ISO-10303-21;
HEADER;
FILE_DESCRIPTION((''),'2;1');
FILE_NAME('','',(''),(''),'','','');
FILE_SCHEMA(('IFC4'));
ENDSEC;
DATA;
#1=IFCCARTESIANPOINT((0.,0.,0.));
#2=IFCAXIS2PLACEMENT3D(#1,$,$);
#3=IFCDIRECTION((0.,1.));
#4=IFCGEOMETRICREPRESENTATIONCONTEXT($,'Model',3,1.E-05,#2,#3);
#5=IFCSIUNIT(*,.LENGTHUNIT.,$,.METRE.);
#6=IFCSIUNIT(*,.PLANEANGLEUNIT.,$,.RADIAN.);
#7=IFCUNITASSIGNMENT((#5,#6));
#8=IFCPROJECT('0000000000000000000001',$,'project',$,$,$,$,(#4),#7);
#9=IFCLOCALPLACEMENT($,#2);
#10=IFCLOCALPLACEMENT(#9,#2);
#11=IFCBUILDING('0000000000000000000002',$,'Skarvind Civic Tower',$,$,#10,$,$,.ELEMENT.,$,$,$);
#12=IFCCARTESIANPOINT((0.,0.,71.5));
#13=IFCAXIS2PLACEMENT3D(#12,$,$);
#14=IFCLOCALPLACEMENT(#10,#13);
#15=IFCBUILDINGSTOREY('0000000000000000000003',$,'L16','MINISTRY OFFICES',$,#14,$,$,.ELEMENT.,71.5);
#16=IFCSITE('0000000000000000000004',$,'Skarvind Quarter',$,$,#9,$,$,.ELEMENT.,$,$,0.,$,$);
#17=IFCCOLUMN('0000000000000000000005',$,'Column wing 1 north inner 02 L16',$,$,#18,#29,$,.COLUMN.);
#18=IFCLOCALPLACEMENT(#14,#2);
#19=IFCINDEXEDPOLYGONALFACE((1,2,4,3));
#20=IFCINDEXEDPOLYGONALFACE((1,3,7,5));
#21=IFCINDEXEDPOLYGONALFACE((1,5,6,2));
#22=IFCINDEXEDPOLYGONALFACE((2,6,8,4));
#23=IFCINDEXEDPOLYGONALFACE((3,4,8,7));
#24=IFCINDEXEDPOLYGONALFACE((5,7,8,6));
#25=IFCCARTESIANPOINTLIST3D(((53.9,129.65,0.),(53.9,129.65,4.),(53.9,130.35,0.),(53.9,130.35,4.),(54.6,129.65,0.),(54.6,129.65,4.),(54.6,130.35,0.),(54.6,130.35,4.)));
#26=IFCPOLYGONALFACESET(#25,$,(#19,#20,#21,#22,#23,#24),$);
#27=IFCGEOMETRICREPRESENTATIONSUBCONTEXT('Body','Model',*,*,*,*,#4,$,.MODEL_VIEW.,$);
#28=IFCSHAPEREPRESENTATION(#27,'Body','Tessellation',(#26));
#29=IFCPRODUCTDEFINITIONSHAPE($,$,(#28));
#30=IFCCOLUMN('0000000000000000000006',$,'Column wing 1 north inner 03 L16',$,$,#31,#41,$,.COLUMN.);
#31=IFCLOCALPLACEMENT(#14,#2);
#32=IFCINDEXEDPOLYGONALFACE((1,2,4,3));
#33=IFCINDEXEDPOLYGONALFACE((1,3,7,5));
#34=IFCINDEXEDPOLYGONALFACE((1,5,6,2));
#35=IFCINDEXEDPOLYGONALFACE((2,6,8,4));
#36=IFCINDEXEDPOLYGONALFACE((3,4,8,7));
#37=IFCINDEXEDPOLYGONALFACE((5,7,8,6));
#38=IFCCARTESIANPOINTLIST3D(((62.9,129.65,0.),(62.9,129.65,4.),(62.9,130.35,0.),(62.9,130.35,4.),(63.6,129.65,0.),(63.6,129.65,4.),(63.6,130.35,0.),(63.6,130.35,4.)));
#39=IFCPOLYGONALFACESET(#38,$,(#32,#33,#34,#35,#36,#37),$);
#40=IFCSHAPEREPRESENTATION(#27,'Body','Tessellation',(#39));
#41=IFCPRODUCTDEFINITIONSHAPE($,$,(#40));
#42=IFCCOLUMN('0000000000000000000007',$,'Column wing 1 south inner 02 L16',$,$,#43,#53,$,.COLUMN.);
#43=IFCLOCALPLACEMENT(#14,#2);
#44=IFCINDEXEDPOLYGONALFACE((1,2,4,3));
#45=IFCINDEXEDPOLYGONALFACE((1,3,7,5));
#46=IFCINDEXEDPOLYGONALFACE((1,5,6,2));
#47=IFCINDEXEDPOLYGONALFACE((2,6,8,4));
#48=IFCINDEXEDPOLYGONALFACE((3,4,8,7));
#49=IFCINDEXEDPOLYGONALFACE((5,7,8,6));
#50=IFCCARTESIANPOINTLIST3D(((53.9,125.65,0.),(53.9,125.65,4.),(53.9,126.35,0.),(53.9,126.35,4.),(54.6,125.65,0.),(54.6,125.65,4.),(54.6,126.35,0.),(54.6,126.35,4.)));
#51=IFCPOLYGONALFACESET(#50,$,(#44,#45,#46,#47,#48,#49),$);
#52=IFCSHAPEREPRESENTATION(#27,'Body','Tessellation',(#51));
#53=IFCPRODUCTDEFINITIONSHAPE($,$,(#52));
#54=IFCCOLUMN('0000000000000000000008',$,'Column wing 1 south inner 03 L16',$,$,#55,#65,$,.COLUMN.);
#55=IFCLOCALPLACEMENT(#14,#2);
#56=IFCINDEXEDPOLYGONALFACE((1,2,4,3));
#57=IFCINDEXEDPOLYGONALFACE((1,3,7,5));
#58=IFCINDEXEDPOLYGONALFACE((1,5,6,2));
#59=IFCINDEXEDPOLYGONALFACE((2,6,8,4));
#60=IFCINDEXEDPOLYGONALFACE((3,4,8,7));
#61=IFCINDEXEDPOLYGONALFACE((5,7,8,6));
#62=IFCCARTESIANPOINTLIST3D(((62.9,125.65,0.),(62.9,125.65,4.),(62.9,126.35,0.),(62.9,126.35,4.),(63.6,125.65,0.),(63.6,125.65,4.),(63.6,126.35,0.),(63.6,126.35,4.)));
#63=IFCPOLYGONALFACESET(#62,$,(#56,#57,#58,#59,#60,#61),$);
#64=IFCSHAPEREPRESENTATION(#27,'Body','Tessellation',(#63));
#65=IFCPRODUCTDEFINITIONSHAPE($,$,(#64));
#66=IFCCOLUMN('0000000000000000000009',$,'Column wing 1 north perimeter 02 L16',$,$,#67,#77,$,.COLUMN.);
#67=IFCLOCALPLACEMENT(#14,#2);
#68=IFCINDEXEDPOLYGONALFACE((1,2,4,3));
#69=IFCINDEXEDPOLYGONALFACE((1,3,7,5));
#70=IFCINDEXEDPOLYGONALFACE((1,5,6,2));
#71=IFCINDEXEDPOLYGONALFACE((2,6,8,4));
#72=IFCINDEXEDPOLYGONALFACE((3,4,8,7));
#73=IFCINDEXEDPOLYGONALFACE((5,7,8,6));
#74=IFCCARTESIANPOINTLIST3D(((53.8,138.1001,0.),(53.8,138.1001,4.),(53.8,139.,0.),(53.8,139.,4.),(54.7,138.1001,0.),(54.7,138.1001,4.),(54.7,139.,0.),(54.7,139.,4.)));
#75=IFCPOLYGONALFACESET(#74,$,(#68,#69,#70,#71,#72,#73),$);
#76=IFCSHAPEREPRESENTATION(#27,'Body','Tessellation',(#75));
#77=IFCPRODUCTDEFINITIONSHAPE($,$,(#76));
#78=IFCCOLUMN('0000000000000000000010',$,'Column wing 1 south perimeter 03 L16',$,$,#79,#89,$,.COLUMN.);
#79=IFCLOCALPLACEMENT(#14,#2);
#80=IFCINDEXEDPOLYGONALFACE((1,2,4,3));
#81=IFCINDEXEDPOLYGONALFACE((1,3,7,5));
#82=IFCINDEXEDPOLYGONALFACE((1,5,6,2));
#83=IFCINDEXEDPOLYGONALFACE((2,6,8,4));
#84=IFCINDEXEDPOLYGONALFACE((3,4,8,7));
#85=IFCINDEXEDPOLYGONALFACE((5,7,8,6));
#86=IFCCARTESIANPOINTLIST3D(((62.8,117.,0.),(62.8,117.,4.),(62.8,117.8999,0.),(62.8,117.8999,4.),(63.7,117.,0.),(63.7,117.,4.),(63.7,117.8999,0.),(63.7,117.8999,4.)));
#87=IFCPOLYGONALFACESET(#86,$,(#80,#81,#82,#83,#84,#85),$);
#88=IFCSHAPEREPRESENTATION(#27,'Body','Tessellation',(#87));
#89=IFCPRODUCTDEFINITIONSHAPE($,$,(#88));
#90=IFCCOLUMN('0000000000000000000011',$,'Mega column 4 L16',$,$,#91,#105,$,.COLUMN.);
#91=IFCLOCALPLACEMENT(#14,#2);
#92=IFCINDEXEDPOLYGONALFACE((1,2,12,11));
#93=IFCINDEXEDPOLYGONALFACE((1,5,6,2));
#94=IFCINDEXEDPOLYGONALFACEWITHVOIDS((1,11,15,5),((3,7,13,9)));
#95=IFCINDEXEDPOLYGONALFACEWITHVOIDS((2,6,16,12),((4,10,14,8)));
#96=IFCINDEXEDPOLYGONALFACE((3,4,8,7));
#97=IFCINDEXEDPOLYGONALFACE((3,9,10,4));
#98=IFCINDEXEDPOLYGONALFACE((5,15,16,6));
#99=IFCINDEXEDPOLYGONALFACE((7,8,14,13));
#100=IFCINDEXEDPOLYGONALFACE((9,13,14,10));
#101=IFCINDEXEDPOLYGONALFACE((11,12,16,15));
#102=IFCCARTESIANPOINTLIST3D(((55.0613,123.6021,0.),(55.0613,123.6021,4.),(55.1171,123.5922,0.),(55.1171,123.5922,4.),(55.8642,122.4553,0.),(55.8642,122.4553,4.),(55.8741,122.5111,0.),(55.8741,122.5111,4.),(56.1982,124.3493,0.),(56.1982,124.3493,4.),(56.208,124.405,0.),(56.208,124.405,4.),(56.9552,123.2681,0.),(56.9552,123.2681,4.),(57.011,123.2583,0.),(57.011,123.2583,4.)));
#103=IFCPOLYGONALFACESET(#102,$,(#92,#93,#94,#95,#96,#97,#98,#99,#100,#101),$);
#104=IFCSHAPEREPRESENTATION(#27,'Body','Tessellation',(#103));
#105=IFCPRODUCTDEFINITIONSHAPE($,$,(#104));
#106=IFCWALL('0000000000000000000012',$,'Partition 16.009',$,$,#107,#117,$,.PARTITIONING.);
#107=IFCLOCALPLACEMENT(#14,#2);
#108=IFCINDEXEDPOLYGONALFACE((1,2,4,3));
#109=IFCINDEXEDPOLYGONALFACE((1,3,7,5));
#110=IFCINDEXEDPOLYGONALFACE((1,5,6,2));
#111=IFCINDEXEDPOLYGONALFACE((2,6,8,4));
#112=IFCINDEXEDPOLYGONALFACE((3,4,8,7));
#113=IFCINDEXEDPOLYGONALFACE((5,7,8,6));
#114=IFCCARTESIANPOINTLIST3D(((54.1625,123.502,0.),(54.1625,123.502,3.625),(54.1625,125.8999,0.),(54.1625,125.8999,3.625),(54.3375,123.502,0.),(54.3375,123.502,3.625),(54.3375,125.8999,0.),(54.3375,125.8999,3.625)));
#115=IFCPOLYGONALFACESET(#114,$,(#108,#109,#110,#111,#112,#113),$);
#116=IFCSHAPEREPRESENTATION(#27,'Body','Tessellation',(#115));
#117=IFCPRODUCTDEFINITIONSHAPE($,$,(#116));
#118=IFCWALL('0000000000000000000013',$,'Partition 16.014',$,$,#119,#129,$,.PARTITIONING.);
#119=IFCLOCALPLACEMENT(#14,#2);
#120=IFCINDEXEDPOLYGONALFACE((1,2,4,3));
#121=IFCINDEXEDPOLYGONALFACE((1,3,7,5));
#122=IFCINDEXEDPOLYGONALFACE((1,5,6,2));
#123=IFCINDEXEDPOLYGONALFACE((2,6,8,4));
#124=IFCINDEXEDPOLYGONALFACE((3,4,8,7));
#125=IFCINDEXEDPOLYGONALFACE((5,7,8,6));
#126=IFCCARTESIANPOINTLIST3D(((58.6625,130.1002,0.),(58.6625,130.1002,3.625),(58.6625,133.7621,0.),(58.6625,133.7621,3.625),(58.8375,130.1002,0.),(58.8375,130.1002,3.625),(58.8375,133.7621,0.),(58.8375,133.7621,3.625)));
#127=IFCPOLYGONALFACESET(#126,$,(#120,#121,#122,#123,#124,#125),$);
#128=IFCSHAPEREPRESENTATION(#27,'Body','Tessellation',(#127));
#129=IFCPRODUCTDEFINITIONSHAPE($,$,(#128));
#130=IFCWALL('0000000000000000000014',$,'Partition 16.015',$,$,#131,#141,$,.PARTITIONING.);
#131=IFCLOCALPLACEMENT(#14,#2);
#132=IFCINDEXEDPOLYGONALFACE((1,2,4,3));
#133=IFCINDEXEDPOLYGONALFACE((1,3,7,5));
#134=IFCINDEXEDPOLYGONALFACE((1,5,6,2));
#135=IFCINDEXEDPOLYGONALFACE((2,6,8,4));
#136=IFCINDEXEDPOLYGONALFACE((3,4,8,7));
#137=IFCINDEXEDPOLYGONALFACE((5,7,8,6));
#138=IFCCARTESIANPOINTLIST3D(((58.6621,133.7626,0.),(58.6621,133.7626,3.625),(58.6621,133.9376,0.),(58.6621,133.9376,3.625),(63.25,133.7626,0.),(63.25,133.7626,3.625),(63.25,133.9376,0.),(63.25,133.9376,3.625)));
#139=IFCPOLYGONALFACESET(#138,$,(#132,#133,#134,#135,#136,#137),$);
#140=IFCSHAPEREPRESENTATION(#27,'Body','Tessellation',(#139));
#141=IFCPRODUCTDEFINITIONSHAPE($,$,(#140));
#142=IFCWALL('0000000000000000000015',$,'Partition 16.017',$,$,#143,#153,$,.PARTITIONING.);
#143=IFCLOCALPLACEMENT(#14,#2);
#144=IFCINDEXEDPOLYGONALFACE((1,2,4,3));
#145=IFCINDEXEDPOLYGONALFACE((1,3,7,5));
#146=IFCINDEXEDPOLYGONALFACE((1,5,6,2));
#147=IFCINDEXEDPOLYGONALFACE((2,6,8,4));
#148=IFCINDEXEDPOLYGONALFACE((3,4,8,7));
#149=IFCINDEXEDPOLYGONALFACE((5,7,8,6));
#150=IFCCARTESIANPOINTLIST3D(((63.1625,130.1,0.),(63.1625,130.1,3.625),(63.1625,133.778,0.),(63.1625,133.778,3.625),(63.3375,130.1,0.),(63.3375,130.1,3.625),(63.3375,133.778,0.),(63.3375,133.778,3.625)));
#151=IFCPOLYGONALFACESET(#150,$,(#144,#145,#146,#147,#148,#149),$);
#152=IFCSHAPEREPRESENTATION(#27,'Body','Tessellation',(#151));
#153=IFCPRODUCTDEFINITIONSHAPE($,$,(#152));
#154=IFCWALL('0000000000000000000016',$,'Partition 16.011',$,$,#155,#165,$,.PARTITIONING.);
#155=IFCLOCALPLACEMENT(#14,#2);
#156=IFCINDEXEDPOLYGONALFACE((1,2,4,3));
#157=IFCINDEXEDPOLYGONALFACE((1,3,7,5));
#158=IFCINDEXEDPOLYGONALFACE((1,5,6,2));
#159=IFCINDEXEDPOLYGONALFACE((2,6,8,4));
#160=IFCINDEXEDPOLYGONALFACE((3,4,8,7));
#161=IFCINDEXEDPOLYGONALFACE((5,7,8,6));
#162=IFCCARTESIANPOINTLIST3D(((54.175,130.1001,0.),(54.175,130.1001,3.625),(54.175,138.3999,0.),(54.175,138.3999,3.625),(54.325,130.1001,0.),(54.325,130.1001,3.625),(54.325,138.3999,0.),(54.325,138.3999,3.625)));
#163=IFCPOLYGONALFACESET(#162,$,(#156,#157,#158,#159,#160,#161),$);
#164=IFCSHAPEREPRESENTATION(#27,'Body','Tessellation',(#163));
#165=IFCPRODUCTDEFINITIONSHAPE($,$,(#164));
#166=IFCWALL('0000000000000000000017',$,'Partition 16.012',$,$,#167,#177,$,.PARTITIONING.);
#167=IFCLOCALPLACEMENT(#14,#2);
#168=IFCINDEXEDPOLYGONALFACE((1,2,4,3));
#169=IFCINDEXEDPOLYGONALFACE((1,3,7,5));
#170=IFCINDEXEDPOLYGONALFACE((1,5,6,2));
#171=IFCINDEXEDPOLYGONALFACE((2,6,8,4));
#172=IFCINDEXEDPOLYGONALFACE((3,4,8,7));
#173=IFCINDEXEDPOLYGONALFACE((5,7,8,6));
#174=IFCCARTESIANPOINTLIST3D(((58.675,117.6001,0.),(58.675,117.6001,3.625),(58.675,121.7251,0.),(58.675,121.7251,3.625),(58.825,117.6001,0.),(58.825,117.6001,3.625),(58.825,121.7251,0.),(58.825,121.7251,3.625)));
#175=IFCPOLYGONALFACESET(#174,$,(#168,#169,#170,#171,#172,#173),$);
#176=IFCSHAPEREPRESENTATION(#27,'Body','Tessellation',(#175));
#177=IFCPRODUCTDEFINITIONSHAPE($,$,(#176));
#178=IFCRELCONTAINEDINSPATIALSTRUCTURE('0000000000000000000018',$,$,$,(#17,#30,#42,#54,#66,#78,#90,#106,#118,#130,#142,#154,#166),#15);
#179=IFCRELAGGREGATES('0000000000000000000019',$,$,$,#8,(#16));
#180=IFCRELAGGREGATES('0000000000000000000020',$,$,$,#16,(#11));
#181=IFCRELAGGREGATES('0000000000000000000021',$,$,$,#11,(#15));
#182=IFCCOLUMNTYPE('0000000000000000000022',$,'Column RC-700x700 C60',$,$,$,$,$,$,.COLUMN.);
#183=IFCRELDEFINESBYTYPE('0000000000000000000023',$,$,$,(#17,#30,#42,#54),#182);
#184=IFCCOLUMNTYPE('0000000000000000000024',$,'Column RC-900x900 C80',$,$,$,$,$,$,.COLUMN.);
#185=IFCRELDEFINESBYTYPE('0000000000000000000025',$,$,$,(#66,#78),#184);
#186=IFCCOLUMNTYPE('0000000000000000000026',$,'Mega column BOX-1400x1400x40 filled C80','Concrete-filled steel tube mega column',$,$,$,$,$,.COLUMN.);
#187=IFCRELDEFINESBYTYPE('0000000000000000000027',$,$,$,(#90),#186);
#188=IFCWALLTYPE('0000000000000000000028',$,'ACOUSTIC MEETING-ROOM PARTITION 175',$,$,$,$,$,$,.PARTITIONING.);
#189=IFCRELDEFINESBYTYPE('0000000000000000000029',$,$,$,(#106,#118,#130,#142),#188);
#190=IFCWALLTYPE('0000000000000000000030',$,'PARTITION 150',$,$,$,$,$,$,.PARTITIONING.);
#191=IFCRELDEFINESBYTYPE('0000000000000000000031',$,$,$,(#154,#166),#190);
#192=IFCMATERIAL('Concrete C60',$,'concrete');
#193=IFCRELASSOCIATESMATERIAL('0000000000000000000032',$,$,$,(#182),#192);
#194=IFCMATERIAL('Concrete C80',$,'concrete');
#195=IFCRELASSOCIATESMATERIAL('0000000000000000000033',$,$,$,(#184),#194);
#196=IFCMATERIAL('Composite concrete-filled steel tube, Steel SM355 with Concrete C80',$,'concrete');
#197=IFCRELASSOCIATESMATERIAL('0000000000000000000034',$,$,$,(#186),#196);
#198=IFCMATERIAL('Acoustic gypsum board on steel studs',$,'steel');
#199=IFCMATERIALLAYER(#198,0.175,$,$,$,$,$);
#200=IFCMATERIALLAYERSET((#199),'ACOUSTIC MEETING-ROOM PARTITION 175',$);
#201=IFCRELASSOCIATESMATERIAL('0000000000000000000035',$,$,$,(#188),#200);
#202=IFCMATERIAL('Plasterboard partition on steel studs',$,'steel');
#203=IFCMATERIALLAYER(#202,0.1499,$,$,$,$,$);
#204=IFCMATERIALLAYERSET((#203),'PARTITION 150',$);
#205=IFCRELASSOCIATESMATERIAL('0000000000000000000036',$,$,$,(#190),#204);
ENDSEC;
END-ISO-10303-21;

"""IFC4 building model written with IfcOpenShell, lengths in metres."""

from ifc_helpers import new_model, si_unit, direction, frame, frame_2d, origin, origin_2d, place, context, subcontext, project, spatial, rectangle, hollow_rectangle, extrude, material, layer, layer_set, material_profile, profile_set, type_object, element, save


model = new_model("IFC4")

# Units and contexts
model_context = context("Model", 3, precision=1e-05, world=origin(), true_north=direction((0.0, 1.0)))
body_context = subcontext(model_context, "Body", "Model", "MODEL_VIEW")
ifc_project = project(units=[si_unit("LENGTHUNIT", "METRE"), si_unit("PLANEANGLEUNIT", "RADIAN")], contexts=[model_context])

# Site, building, storey
site_placement = place(None, origin())
site = spatial("IfcSite", under=ifc_project, at=site_placement, Name="Skarvind Quarter", CompositionType="ELEMENT", RefElevation=0.0)
building_placement = place(site_placement, origin())
building = spatial("IfcBuilding", under=site, at=building_placement, Name="Skarvind Civic Tower", CompositionType="ELEMENT")
storey_placement = place(building_placement, frame((0.0, 0.0, 71.5)))
storey = spatial("IfcBuildingStorey", under=building, at=storey_placement, Name="L16", Description="MINISTRY OFFICES", CompositionType="ELEMENT", Elevation=71.5)

# Columns
ifc_material_1 = material(Name="Concrete C60", Category="concrete")
ifc_material_profile_1 = material_profile(ifc_material_1, rectangle(XDim=0.7, YDim=0.7, at=origin_2d()), Name="RC-700x700")
ifc_profile_set_1 = profile_set([ifc_material_profile_1], Name="Concrete C60")
column_type_1 = type_object("IfcColumnType", Name="Column RC-700x700 C60", PredefinedType="COLUMN", material=ifc_profile_set_1)
for number, where, z_axis, x_axis, name in (
    (1, (54.25, 130.0, 0.0), (0.0, 0.0, 1.0), (1.0, 0.0, 0.0), "Column wing 1 north inner 02 L16"),
    (2, (63.25, 130.0, 0.0), (0.0, 0.0, 1.0), (1.0, 0.0, 0.0), "Column wing 1 north inner 03 L16"),
    (3, (54.25, 126.0, 0.0), (0.0, 0.0, 1.0), (1.0, 0.0, 0.0), "Column wing 1 south inner 02 L16"),
    (4, (63.25, 126.0, 0.0), (0.0, 0.0, 1.0), (1.0, 0.0, 0.0), "Column wing 1 south inner 03 L16"),
):
    element("IfcColumn", number, at=place(storey_placement, frame(where, z_axis=z_axis, x_axis=x_axis)), inside=storey, type_object=column_type_1, Name=name, PredefinedType="COLUMN", context=body_context, shape_type="SweptSolid", body=[
        extrude(rectangle(XDim=0.7, YDim=0.7, at=origin_2d()), origin(), (0.0, 0.0, 1.0), 4.0),
    ])
ifc_material_2 = material(Name="Concrete C80", Category="concrete")
ifc_material_profile_2 = material_profile(ifc_material_2, rectangle(XDim=0.8999, YDim=0.8999, at=origin_2d()), Name="RC-900x900")
ifc_profile_set_2 = profile_set([ifc_material_profile_2], Name="Concrete C80")
column_type_2 = type_object("IfcColumnType", Name="Column RC-900x900 C80", PredefinedType="COLUMN", material=ifc_profile_set_2)
for number, where, z_axis, x_axis, name in (
    (5, (54.25, 138.55, 0.0), (0.0, 0.0, 1.0), (1.0, 0.0, 0.0), "Column wing 1 north perimeter 02 L16"),
    (6, (63.25, 117.45, 0.0), (0.0, 0.0, 1.0), (1.0, 0.0, 0.0), "Column wing 1 south perimeter 03 L16"),
):
    element("IfcColumn", number, at=place(storey_placement, frame(where, z_axis=z_axis, x_axis=x_axis)), inside=storey, type_object=column_type_2, Name=name, PredefinedType="COLUMN", context=body_context, shape_type="SweptSolid", body=[
        extrude(rectangle(XDim=0.8999, YDim=0.8999, at=origin_2d()), origin(), (0.0, 0.0, 1.0), 4.0),
    ])
ifc_material_3 = material(Name="Composite concrete-filled steel tube, Steel SM355 with Concrete C80", Category="concrete")
ifc_material_profile_3 = material_profile(ifc_material_3, hollow_rectangle(XDim=1.3999, YDim=1.3999, WallThickness=0.04, at=origin_2d()), Name="BOX-1400x1400x40")
ifc_profile_set_3 = profile_set([ifc_material_profile_3], Name="Composite concrete-filled steel tube, Steel SM355 with Concrete C80")
column_type_3 = type_object("IfcColumnType", Name="Mega column BOX-1400x1400x40 filled C80", Description="Concrete-filled steel tube mega column", PredefinedType="COLUMN", material=ifc_profile_set_3)
column_placement = place(storey_placement, frame((56.0361, 123.4302, 0.0), z_axis=(0.0, 0.0, 1.0), x_axis=(0.573576, -0.819152, 0.0)))
element("IfcColumn", 7, at=column_placement, inside=storey, type_object=column_type_3, Name="Mega column 4 L16", PredefinedType="COLUMN", context=body_context, shape_type="SweptSolid", body=[
    extrude(hollow_rectangle(XDim=1.3999, YDim=1.3999, WallThickness=0.04, at=origin_2d()), origin(), (0.0, 0.0, 1.0), 4.0),
])

# Walls
ifc_material_4 = material(Name="Acoustic gypsum board on steel studs", Category="steel")
ifc_layer_1 = layer(ifc_material_4, 0.175)
ifc_layer_set_1 = layer_set([ifc_layer_1], Name="ACOUSTIC MEETING-ROOM PARTITION 175")
wall_type_1 = type_object("IfcWallType", Name="ACOUSTIC MEETING-ROOM PARTITION 175", PredefinedType="PARTITIONING", material=ifc_layer_set_1)
wall_1_placement = place(storey_placement, frame((54.25, 123.502, 0.0), z_axis=(0.0, 0.0, 1.0), x_axis=(0.0, 1.0, 0.0)))
element("IfcWall", 8, at=wall_1_placement, inside=storey, type_object=wall_type_1, Name="Partition 16.009", PredefinedType="PARTITIONING", context=body_context, shape_type="SweptSolid", body=[
    extrude(rectangle(XDim=2.3979, YDim=0.175, at=frame_2d((1.199, 0.0))), origin(), (0.0, 0.0, 1.0), 3.625),
])
wall_2_placement = place(storey_placement, frame((58.75, 130.1001, 0.0), z_axis=(0.0, 0.0, 1.0), x_axis=(0.0, 1.0, 0.0)))
element("IfcWall", 9, at=wall_2_placement, inside=storey, type_object=wall_type_1, Name="Partition 16.014", PredefinedType="PARTITIONING", context=body_context, shape_type="SweptSolid", body=[
    extrude(rectangle(XDim=3.6619, YDim=0.175, at=frame_2d((1.8311, 0.0))), origin(), (0.0, 0.0, 1.0), 3.625),
])
wall_3_placement = place(storey_placement, frame((58.6621, 133.8501, 0.0), z_axis=(0.0, 0.0, 1.0), x_axis=(1.0, 0.0, 0.0)))
element("IfcWall", 10, at=wall_3_placement, inside=storey, type_object=wall_type_1, Name="Partition 16.015", PredefinedType="PARTITIONING", context=body_context, shape_type="SweptSolid", body=[
    extrude(rectangle(XDim=4.5879, YDim=0.175, at=frame_2d((2.2939, 0.0))), origin(), (0.0, 0.0, 1.0), 3.625),
])
wall_4_placement = place(storey_placement, frame((63.25, 130.1001, 0.0), z_axis=(0.0, 0.0, 1.0), x_axis=(0.0, 1.0, 0.0)))
element("IfcWall", 11, at=wall_4_placement, inside=storey, type_object=wall_type_1, Name="Partition 16.017", PredefinedType="PARTITIONING", context=body_context, shape_type="SweptSolid", body=[
    extrude(rectangle(XDim=3.678, YDim=0.175, at=frame_2d((1.8389, 0.0))), origin(), (0.0, 0.0, 1.0), 3.625),
])
ifc_material_5 = material(Name="Plasterboard partition on steel studs", Category="steel")
ifc_layer_2 = layer(ifc_material_5, 0.1499)
ifc_layer_set_2 = layer_set([ifc_layer_2], Name="PARTITION 150")
wall_type_2 = type_object("IfcWallType", Name="PARTITION 150", PredefinedType="PARTITIONING", material=ifc_layer_set_2)
wall_5_placement = place(storey_placement, frame((54.25, 138.3999, 0.0), z_axis=(0.0, 0.0, 1.0), x_axis=(0.0, -1.0, 0.0)))
element("IfcWall", 12, at=wall_5_placement, inside=storey, type_object=wall_type_2, Name="Partition 16.011", PredefinedType="PARTITIONING", context=body_context, shape_type="SweptSolid", body=[
    extrude(rectangle(XDim=8.2998, YDim=0.1499, at=frame_2d((4.1499, 0.0))), origin(), (0.0, 0.0, 1.0), 3.625),
])
wall_6_placement = place(storey_placement, frame((58.75, 117.6001, 0.0), z_axis=(0.0, 0.0, 1.0), x_axis=(0.0, 1.0, 0.0)))
element("IfcWall", 13, at=wall_6_placement, inside=storey, type_object=wall_type_2, Name="Partition 16.012", PredefinedType="PARTITIONING", context=body_context, shape_type="SweptSolid", body=[
    extrude(rectangle(XDim=4.125, YDim=0.1499, at=frame_2d((2.0625, 0.0))), origin(), (0.0, 0.0, 1.0), 3.625),
])

save(model, "model.ifc")
